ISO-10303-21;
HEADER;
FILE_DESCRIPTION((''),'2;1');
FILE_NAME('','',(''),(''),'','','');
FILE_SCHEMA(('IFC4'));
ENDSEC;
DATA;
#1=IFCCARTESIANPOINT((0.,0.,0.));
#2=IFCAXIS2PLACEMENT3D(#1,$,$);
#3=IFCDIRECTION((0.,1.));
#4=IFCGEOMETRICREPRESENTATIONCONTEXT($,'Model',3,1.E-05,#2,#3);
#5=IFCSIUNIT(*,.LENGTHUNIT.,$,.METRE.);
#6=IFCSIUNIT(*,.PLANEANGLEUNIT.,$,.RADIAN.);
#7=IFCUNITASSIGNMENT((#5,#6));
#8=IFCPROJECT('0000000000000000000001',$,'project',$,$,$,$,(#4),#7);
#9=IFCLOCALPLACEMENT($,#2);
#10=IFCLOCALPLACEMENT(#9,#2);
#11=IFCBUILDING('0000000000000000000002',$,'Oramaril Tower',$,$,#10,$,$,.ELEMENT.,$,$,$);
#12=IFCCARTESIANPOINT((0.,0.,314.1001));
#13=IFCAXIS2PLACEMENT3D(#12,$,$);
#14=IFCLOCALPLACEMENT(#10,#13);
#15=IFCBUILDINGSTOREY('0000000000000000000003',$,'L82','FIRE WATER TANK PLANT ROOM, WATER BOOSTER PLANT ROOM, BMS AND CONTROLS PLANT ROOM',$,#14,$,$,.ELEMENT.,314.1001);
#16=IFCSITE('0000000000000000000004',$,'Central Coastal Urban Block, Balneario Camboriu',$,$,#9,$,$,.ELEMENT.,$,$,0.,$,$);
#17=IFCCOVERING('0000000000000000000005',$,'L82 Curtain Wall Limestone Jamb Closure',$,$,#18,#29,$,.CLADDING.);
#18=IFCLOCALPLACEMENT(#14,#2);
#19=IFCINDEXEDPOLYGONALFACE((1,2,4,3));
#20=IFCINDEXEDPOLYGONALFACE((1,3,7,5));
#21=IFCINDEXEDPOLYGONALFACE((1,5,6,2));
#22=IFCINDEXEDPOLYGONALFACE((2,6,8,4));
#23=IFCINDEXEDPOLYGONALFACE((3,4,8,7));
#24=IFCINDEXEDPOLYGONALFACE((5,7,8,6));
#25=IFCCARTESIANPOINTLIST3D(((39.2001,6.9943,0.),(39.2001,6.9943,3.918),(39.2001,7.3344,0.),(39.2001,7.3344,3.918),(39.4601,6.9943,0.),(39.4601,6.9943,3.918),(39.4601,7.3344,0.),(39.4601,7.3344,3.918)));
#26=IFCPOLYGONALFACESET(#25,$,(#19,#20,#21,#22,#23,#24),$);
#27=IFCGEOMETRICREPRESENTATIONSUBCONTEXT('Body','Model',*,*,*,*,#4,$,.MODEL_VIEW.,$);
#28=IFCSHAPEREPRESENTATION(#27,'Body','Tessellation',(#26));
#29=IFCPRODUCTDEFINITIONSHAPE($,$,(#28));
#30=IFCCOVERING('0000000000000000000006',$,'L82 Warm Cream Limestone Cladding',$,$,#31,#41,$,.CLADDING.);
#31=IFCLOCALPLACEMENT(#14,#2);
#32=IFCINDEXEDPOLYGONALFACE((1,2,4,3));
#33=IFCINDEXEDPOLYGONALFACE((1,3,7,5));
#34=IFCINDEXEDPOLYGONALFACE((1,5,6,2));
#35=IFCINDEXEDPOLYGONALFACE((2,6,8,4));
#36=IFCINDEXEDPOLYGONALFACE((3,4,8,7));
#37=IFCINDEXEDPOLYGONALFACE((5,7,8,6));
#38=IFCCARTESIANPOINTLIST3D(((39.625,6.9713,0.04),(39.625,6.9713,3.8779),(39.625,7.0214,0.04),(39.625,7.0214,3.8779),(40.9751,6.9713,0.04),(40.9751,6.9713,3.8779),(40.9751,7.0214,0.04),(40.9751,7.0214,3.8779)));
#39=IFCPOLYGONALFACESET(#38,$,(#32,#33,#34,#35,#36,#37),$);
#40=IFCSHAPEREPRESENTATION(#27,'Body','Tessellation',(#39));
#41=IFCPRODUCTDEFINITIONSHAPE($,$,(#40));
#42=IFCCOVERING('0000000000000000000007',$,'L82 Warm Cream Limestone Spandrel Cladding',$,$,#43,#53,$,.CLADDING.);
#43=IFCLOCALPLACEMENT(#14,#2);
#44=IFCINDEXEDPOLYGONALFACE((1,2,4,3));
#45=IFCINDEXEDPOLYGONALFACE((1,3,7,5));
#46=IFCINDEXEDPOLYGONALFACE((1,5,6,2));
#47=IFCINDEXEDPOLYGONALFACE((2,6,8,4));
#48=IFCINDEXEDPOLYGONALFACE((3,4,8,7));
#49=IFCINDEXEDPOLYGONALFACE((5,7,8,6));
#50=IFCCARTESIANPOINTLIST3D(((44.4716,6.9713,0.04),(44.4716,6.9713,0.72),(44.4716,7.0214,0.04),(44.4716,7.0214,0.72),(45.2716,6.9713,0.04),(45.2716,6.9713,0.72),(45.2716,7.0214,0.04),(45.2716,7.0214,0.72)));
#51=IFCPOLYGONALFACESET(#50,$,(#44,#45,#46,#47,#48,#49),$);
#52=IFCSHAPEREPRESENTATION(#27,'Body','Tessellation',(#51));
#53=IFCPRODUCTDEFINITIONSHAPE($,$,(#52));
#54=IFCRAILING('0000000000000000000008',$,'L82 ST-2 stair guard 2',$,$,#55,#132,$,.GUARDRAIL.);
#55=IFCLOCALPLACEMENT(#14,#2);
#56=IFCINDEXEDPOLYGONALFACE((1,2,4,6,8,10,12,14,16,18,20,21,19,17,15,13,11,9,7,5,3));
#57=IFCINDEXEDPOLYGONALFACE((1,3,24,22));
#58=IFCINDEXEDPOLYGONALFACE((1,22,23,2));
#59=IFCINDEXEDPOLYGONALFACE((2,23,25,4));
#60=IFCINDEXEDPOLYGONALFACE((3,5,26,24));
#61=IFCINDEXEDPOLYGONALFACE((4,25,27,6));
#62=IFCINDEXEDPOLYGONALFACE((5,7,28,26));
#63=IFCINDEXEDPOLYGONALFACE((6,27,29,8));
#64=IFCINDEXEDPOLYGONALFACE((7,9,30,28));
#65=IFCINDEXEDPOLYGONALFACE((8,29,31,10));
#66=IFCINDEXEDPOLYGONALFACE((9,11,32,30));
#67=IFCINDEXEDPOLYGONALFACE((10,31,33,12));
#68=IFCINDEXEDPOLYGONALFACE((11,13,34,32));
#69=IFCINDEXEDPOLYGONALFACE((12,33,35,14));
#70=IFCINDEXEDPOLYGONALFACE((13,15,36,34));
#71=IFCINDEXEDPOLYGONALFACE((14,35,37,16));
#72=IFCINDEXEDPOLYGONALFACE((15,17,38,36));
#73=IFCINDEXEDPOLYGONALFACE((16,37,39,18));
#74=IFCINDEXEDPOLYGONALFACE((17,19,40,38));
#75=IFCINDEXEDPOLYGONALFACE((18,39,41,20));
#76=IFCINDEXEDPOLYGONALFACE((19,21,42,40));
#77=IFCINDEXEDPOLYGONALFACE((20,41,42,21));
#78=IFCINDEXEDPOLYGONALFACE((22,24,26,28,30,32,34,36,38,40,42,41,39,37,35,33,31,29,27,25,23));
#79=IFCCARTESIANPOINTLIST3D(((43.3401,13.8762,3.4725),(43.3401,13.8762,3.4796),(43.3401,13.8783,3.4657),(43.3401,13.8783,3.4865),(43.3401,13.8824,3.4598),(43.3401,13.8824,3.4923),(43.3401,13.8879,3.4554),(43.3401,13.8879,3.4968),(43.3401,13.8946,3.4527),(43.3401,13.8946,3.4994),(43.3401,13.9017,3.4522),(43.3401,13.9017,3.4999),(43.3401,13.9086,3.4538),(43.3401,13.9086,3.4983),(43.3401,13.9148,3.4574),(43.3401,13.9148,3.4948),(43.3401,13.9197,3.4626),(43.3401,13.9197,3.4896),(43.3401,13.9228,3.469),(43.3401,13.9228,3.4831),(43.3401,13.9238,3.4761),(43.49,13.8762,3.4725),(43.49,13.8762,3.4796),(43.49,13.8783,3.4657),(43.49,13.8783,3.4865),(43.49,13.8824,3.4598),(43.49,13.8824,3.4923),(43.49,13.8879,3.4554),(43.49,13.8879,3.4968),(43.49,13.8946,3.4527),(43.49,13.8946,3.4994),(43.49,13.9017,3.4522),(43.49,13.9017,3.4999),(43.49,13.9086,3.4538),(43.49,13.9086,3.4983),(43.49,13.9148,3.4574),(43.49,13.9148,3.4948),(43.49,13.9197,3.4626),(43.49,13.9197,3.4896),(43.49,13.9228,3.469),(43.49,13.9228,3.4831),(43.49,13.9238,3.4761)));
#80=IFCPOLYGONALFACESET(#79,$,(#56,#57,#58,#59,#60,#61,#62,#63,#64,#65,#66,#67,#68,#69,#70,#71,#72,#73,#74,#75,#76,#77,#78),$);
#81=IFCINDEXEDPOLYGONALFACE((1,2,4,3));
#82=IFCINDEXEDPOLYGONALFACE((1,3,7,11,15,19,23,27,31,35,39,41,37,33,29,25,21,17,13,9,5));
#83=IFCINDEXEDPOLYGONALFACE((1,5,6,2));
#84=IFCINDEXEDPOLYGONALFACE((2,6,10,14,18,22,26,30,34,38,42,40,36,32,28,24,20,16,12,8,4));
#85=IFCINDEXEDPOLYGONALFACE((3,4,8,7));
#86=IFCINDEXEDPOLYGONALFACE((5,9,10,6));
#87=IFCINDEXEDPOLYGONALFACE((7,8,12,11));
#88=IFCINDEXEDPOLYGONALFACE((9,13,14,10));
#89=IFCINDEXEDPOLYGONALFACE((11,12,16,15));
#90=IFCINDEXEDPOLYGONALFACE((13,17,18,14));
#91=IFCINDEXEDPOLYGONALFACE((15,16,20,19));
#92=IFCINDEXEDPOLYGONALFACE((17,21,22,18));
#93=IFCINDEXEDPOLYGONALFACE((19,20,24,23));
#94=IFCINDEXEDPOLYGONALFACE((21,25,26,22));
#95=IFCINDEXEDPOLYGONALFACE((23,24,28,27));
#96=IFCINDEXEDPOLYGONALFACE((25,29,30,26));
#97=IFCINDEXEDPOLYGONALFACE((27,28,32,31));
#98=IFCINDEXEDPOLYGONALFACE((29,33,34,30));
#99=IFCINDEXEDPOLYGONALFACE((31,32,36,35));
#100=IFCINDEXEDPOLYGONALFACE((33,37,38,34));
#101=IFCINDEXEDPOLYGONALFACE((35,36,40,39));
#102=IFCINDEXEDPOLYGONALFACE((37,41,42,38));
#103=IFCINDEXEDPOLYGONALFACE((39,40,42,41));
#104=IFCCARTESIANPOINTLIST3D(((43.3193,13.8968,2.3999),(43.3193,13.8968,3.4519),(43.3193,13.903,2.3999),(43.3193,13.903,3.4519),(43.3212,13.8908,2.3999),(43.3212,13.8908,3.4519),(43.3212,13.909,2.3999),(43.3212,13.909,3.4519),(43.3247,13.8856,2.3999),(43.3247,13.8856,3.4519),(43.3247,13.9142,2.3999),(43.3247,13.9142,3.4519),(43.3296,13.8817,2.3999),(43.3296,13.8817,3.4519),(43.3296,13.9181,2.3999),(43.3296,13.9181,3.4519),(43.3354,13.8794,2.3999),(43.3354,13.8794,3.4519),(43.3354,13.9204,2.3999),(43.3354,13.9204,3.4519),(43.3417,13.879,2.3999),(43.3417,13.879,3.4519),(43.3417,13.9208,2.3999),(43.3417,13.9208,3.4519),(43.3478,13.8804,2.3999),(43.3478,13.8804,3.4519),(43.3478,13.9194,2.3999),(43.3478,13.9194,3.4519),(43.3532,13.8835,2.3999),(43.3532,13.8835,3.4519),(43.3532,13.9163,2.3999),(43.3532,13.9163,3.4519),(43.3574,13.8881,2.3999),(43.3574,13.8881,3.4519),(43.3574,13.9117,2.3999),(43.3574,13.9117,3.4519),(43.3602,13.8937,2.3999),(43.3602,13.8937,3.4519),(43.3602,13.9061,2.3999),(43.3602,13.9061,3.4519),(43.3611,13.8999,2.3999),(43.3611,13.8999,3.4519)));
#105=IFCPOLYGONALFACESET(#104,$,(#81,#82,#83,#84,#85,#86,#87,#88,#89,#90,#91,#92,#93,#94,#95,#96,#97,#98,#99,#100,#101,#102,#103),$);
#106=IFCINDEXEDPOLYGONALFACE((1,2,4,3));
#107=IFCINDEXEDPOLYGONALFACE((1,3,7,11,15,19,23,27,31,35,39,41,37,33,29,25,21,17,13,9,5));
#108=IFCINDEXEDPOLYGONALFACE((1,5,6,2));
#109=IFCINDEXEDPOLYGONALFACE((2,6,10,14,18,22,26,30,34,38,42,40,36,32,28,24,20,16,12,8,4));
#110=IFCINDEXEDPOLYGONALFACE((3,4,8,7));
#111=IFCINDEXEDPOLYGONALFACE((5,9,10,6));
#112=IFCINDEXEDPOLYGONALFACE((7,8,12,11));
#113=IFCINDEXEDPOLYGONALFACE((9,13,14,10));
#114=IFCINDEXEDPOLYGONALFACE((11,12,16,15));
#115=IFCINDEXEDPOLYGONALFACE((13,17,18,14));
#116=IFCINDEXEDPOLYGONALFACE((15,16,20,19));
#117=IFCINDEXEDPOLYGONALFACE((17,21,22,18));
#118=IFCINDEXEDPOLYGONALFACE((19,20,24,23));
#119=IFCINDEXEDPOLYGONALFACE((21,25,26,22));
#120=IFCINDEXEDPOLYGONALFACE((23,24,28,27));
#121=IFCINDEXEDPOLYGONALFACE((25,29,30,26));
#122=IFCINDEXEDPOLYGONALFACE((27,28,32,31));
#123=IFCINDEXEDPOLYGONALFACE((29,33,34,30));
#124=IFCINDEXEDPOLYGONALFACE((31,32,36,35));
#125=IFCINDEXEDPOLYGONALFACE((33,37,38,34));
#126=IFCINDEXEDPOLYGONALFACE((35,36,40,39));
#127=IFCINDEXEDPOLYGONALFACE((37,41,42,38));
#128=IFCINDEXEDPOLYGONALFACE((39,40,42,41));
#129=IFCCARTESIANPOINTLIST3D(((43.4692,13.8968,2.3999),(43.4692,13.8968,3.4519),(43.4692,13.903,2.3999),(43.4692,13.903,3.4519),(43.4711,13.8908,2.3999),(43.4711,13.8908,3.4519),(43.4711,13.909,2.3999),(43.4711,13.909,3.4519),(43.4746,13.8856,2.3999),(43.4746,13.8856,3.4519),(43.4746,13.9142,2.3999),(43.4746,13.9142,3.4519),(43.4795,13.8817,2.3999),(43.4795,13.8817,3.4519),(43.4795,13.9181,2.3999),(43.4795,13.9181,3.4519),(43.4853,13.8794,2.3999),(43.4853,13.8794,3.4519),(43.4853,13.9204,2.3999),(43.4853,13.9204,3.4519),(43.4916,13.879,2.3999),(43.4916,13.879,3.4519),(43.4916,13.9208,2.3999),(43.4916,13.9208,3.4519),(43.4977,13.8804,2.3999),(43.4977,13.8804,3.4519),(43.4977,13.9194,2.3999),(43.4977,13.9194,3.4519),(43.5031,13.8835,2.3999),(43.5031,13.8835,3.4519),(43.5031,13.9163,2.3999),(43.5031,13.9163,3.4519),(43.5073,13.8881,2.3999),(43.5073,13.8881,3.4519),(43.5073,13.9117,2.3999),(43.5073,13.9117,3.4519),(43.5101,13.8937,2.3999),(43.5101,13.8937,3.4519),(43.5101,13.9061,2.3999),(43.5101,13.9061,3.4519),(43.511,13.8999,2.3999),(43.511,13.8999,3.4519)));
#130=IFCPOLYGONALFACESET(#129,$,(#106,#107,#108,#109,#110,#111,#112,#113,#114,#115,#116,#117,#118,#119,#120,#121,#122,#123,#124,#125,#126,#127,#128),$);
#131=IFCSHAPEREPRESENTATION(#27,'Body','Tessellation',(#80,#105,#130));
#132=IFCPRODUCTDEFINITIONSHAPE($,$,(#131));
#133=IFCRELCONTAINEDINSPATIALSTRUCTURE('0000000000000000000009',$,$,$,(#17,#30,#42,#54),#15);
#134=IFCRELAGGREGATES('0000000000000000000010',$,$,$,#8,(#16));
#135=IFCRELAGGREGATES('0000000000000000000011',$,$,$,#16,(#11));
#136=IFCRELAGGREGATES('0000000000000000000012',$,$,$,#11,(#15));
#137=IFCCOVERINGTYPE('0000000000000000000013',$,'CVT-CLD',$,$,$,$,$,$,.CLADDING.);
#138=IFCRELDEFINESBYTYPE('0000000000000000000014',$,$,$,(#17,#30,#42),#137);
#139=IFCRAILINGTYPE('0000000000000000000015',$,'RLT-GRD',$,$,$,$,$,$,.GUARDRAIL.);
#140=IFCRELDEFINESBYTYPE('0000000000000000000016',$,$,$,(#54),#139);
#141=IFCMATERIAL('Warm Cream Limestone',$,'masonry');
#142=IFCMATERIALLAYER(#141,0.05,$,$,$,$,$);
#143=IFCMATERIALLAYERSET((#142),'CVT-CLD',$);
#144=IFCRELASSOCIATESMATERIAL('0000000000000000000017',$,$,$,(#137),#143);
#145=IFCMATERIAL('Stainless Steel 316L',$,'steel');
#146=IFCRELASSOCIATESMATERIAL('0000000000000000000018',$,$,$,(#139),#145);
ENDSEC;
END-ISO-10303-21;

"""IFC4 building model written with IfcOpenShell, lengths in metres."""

from ifc_helpers import new_model, si_unit, direction, frame, origin, origin_2d, place, context, subcontext, project, spatial, rectangle, circle, extrude, material, layer, layer_set, type_object, element, save


model = new_model("IFC4")

# Units and contexts
model_context = context("Model", 3, precision=1e-05, world=origin(), true_north=direction((0.0, 1.0)))
body_context = subcontext(model_context, "Body", "Model", "MODEL_VIEW")
ifc_project = project(units=[si_unit("LENGTHUNIT", "METRE"), si_unit("PLANEANGLEUNIT", "RADIAN")], contexts=[model_context])

# Site, building, storey
site_placement = place(None, origin())
site = spatial("IfcSite", under=ifc_project, at=site_placement, Name="Central Coastal Urban Block, Balneario Camboriu", CompositionType="ELEMENT", RefElevation=0.0)
building_placement = place(site_placement, origin())
building = spatial("IfcBuilding", under=site, at=building_placement, Name="Oramaril Tower", CompositionType="ELEMENT")
storey_placement = place(building_placement, frame((0.0, 0.0, 314.1001)))
storey = spatial("IfcBuildingStorey", under=building, at=storey_placement, Name="L82", Description="FIRE WATER TANK PLANT ROOM, WATER BOOSTER PLANT ROOM, BMS AND CONTROLS PLANT ROOM", CompositionType="ELEMENT", Elevation=314.1001)

# Coverings
ifc_material_1 = material(Name="Warm Cream Limestone", Category="masonry")
ifc_layer_1 = layer(ifc_material_1, 0.05)
ifc_layer_set_1 = layer_set([ifc_layer_1], Name="CVT-CLD")
covering_type = type_object("IfcCoveringType", Name="CVT-CLD", PredefinedType="CLADDING", material=ifc_layer_set_1)
covering_1_placement = place(storey_placement, frame((39.3301, 7.1643, 0.0), z_axis=(0.0, 0.0, 1.0), x_axis=(1.0, 0.0, 0.0)))
element("IfcCovering", 1, at=covering_1_placement, inside=storey, type_object=covering_type, Name="L82 Curtain Wall Limestone Jamb Closure", PredefinedType="CLADDING", context=body_context, shape_type="SweptSolid", body=[
    extrude(rectangle(XDim=0.26, YDim=0.3401, at=origin_2d()), origin(), (0.0, 0.0, 1.0), 3.918),
])
covering_2_placement = place(storey_placement, frame((40.3, 6.9963, 0.04), z_axis=(0.0, 0.0, 1.0), x_axis=(1.0, 0.0, 0.0)))
element("IfcCovering", 2, at=covering_2_placement, inside=storey, type_object=covering_type, Name="L82 Warm Cream Limestone Cladding", PredefinedType="CLADDING", context=body_context, shape_type="SweptSolid", body=[
    extrude(rectangle(XDim=1.3501, YDim=0.05, at=origin_2d()), origin(), (0.0, 0.0, 1.0), 3.8379),
])
covering_3_placement = place(storey_placement, frame((44.8716, 6.9963, 0.04), z_axis=(0.0, 0.0, 1.0), x_axis=(1.0, 0.0, 0.0)))
element("IfcCovering", 3, at=covering_3_placement, inside=storey, type_object=covering_type, Name="L82 Warm Cream Limestone Spandrel Cladding", PredefinedType="CLADDING", context=body_context, shape_type="SweptSolid", body=[
    extrude(rectangle(XDim=0.8, YDim=0.05, at=origin_2d()), origin(), (0.0, 0.0, 1.0), 0.6799),
])

# Railing
ifc_material_2 = material(Name="Stainless Steel 316L", Category="steel")
railing_type_1 = type_object("IfcRailingType", Name="RLT-GRD", PredefinedType="GUARDRAIL", material=ifc_material_2)
railing_1_placement = place(storey_placement, frame((43.3401, 13.8999, 2.3999)))
element("IfcRailing", 4, at=railing_1_placement, inside=storey, type_object=railing_type_1, Name="L82 ST-2 stair guard 2", PredefinedType="GUARDRAIL", context=body_context, shape_type="SweptSolid", body=[
    extrude(circle(Radius=0.0239, at=origin_2d()), frame((0.0, 0.0, 1.0762), z_axis=(1.0, 0.0, 0.0), x_axis=(0.0, 1.0, 0.0)), (0.0, 0.0, 1.0), 0.1499),
    extrude(circle(Radius=0.021, at=origin_2d()), origin(), (0.0, 0.0, 1.0), 1.052),
    extrude(circle(Radius=0.021, at=origin_2d()), frame((0.1499, 0.0, 0.0)), (0.0, 0.0, 1.0), 1.052),
])

save(model, "model.ifc")
